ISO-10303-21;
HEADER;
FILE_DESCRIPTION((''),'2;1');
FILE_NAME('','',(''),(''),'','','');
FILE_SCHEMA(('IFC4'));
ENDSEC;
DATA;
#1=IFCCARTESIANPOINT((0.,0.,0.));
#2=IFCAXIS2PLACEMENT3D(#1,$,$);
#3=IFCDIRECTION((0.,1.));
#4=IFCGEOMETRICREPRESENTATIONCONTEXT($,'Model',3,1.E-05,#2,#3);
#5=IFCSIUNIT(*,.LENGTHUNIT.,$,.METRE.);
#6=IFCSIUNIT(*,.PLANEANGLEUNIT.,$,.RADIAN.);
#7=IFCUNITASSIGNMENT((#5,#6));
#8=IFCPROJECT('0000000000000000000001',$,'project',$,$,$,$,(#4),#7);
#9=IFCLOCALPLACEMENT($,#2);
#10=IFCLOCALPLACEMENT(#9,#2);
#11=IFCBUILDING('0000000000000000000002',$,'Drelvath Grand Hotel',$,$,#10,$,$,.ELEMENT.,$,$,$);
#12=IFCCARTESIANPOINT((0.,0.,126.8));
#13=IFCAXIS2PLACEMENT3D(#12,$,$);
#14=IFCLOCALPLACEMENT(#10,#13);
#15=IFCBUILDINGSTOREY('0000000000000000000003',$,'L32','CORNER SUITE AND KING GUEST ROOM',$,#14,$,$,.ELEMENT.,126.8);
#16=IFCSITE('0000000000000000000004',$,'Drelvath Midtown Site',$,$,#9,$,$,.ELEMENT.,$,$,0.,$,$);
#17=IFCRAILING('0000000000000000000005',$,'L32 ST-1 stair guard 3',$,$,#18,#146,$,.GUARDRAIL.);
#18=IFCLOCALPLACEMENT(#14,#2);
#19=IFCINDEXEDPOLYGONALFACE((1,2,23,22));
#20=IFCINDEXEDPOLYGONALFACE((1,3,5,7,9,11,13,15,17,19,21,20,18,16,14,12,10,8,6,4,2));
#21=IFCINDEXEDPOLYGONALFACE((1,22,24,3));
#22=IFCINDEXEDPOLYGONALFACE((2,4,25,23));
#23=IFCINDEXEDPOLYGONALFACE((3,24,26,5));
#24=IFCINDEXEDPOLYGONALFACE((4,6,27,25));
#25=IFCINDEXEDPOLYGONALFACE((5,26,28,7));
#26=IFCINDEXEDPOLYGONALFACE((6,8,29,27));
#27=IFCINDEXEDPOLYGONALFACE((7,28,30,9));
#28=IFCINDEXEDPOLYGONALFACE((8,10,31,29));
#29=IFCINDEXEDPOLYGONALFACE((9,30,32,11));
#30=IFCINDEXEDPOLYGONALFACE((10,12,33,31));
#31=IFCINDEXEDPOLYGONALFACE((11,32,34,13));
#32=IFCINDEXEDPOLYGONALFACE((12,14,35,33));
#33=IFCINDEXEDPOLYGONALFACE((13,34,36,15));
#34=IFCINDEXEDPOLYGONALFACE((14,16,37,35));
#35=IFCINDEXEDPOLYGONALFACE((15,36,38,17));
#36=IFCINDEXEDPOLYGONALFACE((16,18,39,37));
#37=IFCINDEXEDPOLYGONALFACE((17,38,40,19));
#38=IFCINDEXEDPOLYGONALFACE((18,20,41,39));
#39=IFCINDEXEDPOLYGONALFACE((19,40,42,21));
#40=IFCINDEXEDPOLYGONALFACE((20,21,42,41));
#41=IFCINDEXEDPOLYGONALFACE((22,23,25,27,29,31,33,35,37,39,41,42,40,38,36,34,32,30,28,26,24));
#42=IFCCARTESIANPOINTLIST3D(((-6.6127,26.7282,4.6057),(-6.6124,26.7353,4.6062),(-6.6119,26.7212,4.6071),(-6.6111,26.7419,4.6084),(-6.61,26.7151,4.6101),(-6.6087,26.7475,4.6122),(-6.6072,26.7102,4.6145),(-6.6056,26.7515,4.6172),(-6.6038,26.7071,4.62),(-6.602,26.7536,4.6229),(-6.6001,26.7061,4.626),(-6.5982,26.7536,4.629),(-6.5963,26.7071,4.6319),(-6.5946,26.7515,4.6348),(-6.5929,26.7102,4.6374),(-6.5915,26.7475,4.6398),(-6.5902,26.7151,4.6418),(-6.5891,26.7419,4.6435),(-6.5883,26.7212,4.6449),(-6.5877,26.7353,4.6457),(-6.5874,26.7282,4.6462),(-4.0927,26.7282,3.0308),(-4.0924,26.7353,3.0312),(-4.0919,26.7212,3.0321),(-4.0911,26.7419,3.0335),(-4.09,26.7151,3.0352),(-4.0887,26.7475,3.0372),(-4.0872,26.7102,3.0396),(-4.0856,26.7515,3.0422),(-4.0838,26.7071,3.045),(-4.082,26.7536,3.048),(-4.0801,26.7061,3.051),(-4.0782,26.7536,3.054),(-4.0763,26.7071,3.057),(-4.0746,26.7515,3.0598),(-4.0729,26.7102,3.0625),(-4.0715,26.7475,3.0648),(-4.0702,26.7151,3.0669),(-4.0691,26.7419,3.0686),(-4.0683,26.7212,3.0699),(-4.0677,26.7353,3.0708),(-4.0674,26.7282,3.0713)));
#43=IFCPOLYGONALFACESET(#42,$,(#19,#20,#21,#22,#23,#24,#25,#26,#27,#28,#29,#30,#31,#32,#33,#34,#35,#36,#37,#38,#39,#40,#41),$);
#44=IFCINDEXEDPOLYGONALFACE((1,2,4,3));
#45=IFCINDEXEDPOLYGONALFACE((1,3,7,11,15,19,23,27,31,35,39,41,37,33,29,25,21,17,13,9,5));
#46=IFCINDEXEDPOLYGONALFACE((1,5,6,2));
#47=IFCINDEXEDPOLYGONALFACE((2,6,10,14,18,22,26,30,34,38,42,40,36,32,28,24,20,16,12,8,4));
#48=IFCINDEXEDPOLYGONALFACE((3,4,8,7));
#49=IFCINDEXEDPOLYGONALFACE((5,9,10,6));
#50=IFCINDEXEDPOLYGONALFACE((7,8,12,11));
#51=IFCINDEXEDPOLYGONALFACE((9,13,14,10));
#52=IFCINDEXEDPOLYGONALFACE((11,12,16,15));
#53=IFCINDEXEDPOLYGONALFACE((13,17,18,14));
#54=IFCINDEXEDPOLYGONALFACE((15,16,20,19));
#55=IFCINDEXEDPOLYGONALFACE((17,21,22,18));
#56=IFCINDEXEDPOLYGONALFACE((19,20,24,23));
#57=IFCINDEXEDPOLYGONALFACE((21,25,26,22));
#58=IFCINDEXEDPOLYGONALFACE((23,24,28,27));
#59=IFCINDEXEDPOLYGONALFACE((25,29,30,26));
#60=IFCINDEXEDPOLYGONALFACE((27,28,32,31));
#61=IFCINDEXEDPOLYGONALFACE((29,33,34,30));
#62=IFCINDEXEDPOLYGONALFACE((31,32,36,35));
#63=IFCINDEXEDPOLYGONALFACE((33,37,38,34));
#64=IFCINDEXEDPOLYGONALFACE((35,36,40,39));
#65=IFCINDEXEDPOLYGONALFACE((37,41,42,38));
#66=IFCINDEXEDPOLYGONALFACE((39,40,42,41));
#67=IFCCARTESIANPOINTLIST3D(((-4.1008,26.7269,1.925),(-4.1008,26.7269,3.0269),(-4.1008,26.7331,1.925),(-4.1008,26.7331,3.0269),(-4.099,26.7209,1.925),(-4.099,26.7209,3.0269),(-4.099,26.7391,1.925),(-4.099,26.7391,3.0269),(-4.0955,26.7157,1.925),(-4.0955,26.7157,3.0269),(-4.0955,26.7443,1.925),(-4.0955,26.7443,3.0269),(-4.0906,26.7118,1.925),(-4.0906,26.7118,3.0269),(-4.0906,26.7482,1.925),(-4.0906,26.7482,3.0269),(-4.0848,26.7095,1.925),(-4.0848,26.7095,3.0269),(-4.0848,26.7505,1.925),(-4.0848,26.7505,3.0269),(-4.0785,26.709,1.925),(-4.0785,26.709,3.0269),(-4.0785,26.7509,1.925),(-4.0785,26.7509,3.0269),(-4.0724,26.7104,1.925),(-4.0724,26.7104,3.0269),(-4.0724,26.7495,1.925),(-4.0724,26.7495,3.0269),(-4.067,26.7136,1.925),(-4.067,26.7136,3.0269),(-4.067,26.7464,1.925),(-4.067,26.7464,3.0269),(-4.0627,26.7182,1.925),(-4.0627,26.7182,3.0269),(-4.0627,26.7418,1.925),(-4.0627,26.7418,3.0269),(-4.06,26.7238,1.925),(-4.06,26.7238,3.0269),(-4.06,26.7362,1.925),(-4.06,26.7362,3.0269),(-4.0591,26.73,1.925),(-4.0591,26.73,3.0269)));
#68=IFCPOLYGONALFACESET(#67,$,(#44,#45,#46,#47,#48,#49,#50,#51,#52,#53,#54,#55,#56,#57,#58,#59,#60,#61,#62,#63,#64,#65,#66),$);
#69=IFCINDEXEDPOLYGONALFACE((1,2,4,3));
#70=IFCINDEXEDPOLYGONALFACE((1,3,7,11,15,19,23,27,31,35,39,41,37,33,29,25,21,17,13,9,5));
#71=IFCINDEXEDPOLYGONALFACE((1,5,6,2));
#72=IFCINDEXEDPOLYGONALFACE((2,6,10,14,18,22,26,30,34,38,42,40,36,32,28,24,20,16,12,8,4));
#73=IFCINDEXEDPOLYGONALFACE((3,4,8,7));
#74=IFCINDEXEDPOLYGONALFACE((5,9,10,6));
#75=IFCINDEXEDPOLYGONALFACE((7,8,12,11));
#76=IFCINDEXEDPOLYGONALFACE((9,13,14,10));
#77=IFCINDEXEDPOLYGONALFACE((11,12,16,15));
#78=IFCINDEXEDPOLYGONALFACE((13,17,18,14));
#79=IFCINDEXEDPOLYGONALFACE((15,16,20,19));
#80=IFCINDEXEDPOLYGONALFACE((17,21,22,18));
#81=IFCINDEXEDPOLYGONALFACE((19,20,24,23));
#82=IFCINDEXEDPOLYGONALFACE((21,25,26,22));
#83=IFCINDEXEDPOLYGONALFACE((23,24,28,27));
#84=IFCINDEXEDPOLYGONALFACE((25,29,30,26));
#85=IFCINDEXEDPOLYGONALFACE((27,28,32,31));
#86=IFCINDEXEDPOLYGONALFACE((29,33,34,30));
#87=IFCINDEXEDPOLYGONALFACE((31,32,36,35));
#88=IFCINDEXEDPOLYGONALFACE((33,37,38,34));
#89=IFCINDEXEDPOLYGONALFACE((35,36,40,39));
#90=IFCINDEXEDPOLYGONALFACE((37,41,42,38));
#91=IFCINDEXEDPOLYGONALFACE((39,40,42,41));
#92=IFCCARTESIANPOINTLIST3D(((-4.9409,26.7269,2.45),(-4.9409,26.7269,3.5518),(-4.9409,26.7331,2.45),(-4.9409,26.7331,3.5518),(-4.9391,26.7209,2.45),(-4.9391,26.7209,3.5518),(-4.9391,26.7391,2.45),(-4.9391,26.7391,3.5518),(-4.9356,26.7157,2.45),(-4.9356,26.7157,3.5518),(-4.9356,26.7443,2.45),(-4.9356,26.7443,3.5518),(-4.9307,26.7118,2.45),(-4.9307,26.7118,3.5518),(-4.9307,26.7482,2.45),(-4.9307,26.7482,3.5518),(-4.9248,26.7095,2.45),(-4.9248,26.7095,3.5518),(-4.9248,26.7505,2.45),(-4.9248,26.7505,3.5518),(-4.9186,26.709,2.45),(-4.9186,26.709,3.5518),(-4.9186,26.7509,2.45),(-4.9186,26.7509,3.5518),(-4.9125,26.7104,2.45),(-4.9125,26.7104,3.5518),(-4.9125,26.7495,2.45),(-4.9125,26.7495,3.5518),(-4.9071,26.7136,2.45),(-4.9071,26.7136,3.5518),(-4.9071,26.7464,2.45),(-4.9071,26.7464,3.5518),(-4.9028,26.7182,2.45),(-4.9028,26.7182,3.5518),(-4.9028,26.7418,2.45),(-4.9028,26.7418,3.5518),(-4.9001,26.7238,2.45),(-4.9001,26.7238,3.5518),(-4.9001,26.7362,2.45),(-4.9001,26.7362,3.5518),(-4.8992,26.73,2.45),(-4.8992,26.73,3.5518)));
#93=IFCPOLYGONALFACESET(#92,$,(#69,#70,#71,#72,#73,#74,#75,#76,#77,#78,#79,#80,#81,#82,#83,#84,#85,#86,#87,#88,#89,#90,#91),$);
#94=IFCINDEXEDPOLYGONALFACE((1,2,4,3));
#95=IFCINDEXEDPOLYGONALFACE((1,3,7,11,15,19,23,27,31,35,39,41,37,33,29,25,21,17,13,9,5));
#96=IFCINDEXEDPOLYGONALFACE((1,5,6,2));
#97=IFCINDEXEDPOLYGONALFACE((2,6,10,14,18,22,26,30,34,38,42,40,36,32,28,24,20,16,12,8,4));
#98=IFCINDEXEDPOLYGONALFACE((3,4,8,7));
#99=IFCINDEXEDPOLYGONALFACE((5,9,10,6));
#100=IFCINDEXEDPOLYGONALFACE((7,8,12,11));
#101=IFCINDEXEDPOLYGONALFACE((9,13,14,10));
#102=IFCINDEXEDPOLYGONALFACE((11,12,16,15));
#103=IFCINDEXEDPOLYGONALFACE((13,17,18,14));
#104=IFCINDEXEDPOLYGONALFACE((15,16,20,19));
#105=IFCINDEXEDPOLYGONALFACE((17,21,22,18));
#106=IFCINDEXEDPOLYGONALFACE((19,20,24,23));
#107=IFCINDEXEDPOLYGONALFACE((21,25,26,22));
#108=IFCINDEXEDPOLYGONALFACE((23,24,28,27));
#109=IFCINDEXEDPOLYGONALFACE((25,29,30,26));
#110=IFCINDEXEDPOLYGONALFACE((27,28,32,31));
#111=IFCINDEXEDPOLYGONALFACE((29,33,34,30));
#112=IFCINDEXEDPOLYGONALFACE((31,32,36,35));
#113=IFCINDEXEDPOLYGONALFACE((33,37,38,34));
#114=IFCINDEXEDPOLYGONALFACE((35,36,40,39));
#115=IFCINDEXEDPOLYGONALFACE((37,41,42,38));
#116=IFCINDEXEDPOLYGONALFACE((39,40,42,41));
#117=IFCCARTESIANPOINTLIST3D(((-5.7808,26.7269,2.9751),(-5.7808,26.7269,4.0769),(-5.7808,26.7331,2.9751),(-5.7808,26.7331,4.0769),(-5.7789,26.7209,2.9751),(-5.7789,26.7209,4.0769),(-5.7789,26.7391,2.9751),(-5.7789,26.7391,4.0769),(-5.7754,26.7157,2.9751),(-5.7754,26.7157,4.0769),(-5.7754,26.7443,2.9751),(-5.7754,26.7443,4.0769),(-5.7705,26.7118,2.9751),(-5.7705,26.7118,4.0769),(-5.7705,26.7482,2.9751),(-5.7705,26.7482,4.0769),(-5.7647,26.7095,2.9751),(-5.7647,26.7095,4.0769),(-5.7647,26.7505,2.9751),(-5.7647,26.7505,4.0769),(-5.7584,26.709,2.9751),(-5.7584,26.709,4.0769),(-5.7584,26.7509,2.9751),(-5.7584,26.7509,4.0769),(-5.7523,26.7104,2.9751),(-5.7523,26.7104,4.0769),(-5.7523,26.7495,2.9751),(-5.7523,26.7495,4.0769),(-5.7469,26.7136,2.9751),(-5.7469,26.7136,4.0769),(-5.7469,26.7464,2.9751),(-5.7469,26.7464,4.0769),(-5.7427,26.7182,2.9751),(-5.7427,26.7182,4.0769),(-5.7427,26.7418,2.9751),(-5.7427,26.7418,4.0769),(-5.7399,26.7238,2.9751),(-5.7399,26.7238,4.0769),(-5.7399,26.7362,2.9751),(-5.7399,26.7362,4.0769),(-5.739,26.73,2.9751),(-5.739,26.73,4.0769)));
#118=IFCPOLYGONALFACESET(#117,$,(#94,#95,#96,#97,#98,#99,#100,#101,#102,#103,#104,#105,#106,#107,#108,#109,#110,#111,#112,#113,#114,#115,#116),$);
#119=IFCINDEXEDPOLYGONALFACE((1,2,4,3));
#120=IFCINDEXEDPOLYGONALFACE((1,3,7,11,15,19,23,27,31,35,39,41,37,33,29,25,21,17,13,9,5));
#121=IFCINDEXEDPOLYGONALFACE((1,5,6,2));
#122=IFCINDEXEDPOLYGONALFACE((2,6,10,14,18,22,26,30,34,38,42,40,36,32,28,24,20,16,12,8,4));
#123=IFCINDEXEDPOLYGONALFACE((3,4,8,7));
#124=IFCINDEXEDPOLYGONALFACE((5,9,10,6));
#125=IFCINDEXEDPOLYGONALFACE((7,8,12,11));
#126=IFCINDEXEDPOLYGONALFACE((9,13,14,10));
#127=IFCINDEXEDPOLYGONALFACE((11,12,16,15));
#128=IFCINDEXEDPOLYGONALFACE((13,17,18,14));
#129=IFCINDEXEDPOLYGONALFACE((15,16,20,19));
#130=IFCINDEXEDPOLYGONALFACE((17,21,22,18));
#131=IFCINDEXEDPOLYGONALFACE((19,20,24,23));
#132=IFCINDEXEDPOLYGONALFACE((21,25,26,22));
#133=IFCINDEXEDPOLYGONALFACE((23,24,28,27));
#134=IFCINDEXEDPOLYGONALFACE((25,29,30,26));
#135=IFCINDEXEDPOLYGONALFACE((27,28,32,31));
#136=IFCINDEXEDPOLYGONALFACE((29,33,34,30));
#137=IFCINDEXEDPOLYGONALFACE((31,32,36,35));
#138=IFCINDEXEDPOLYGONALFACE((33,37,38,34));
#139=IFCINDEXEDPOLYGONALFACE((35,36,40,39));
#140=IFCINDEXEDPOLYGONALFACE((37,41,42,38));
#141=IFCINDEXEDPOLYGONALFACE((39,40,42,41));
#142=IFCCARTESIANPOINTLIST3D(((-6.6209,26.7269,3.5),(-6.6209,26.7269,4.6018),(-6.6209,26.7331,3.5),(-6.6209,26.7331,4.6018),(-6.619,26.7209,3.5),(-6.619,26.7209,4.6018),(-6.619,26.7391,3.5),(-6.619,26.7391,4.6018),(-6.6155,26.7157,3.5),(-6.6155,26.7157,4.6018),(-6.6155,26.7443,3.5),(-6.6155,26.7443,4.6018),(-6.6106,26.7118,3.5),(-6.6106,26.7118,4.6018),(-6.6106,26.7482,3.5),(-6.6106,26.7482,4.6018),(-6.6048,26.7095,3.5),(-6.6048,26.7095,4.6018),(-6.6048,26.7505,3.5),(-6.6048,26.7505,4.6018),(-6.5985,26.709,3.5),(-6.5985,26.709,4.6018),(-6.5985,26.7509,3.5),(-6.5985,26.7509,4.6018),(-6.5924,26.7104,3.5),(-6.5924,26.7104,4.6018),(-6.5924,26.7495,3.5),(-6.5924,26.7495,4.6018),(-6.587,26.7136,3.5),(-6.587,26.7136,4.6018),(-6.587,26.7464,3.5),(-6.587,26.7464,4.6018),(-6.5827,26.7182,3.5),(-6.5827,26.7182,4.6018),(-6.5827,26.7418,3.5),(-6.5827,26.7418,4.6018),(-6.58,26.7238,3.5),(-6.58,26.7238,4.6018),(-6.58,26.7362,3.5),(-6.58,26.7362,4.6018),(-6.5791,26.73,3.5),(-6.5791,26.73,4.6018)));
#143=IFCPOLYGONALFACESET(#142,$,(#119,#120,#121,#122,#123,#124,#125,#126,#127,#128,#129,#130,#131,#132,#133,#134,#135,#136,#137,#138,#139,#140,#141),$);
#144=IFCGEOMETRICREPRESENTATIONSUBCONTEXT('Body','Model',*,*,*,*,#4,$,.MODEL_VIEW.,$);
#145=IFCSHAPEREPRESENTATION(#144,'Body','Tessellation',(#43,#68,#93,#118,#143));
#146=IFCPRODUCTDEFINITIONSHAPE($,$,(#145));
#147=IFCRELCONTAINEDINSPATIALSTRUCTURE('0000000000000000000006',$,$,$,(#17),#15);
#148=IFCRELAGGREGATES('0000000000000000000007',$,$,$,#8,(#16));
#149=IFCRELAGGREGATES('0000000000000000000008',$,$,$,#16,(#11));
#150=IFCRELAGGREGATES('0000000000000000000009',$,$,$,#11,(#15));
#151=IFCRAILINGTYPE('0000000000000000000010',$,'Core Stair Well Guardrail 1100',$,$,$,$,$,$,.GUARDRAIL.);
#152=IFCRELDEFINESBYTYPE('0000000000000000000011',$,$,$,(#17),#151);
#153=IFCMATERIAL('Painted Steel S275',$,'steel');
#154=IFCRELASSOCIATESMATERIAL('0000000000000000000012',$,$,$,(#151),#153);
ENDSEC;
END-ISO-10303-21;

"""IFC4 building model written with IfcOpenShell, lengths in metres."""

from ifc_helpers import new_model, si_unit, direction, frame, origin, origin_2d, place, context, subcontext, project, spatial, circle, extrude, material, type_object, element, save


model = new_model("IFC4")

# Units and contexts
model_context = context("Model", 3, precision=1e-05, world=origin(), true_north=direction((0.0, 1.0)))
body_context = subcontext(model_context, "Body", "Model", "MODEL_VIEW")
ifc_project = project(units=[si_unit("LENGTHUNIT", "METRE"), si_unit("PLANEANGLEUNIT", "RADIAN")], contexts=[model_context])

# Site, building, storey
site_placement = place(None, origin())
site = spatial("IfcSite", under=ifc_project, at=site_placement, Name="Drelvath Midtown Site", CompositionType="ELEMENT", RefElevation=0.0)
building_placement = place(site_placement, origin())
building = spatial("IfcBuilding", under=site, at=building_placement, Name="Drelvath Grand Hotel", CompositionType="ELEMENT")
storey_placement = place(building_placement, frame((0.0, 0.0, 126.8)))
storey = spatial("IfcBuildingStorey", under=building, at=storey_placement, Name="L32", Description="CORNER SUITE AND KING GUEST ROOM", CompositionType="ELEMENT", Elevation=126.8)

# Shared definitions
ifc_material_1 = material(Name="Painted Steel S275", Category="steel")

# Railing
railing_type_1 = type_object("IfcRailingType", Name="Core Stair Well Guardrail 1100", PredefinedType="GUARDRAIL", material=ifc_material_1)
railing_1_placement = place(storey_placement, frame((-4.0801, 26.73, 1.925)))
element("IfcRailing", 1, at=railing_1_placement, inside=storey, type_object=railing_type_1, Name="L32 ST-1 stair guard 3", PredefinedType="GUARDRAIL", context=body_context, shape_type="SweptSolid", body=[
    extrude(circle(Radius=0.0239, at=origin_2d()), frame((0.0, 0.0, 1.126), z_axis=(-0.848008, 0.0, 0.529984), x_axis=(0.0, -1.0, 0.0)), (0.0, 0.0, 1.0), 2.9717),
    extrude(circle(Radius=0.021, at=origin_2d()), origin(), (0.0, 0.0, 1.0), 1.1018),
    extrude(circle(Radius=0.021, at=origin_2d()), frame((-0.8401, 0.0, 0.5249)), (0.0, 0.0, 1.0), 1.1018),
    extrude(circle(Radius=0.021, at=origin_2d()), frame((-1.6799, 0.0, 1.05)), (0.0, 0.0, 1.0), 1.1018),
    extrude(circle(Radius=0.021, at=origin_2d()), frame((-2.52, 0.0, 1.575)), (0.0, 0.0, 1.0), 1.1018),
])

save(model, "model.ifc")
